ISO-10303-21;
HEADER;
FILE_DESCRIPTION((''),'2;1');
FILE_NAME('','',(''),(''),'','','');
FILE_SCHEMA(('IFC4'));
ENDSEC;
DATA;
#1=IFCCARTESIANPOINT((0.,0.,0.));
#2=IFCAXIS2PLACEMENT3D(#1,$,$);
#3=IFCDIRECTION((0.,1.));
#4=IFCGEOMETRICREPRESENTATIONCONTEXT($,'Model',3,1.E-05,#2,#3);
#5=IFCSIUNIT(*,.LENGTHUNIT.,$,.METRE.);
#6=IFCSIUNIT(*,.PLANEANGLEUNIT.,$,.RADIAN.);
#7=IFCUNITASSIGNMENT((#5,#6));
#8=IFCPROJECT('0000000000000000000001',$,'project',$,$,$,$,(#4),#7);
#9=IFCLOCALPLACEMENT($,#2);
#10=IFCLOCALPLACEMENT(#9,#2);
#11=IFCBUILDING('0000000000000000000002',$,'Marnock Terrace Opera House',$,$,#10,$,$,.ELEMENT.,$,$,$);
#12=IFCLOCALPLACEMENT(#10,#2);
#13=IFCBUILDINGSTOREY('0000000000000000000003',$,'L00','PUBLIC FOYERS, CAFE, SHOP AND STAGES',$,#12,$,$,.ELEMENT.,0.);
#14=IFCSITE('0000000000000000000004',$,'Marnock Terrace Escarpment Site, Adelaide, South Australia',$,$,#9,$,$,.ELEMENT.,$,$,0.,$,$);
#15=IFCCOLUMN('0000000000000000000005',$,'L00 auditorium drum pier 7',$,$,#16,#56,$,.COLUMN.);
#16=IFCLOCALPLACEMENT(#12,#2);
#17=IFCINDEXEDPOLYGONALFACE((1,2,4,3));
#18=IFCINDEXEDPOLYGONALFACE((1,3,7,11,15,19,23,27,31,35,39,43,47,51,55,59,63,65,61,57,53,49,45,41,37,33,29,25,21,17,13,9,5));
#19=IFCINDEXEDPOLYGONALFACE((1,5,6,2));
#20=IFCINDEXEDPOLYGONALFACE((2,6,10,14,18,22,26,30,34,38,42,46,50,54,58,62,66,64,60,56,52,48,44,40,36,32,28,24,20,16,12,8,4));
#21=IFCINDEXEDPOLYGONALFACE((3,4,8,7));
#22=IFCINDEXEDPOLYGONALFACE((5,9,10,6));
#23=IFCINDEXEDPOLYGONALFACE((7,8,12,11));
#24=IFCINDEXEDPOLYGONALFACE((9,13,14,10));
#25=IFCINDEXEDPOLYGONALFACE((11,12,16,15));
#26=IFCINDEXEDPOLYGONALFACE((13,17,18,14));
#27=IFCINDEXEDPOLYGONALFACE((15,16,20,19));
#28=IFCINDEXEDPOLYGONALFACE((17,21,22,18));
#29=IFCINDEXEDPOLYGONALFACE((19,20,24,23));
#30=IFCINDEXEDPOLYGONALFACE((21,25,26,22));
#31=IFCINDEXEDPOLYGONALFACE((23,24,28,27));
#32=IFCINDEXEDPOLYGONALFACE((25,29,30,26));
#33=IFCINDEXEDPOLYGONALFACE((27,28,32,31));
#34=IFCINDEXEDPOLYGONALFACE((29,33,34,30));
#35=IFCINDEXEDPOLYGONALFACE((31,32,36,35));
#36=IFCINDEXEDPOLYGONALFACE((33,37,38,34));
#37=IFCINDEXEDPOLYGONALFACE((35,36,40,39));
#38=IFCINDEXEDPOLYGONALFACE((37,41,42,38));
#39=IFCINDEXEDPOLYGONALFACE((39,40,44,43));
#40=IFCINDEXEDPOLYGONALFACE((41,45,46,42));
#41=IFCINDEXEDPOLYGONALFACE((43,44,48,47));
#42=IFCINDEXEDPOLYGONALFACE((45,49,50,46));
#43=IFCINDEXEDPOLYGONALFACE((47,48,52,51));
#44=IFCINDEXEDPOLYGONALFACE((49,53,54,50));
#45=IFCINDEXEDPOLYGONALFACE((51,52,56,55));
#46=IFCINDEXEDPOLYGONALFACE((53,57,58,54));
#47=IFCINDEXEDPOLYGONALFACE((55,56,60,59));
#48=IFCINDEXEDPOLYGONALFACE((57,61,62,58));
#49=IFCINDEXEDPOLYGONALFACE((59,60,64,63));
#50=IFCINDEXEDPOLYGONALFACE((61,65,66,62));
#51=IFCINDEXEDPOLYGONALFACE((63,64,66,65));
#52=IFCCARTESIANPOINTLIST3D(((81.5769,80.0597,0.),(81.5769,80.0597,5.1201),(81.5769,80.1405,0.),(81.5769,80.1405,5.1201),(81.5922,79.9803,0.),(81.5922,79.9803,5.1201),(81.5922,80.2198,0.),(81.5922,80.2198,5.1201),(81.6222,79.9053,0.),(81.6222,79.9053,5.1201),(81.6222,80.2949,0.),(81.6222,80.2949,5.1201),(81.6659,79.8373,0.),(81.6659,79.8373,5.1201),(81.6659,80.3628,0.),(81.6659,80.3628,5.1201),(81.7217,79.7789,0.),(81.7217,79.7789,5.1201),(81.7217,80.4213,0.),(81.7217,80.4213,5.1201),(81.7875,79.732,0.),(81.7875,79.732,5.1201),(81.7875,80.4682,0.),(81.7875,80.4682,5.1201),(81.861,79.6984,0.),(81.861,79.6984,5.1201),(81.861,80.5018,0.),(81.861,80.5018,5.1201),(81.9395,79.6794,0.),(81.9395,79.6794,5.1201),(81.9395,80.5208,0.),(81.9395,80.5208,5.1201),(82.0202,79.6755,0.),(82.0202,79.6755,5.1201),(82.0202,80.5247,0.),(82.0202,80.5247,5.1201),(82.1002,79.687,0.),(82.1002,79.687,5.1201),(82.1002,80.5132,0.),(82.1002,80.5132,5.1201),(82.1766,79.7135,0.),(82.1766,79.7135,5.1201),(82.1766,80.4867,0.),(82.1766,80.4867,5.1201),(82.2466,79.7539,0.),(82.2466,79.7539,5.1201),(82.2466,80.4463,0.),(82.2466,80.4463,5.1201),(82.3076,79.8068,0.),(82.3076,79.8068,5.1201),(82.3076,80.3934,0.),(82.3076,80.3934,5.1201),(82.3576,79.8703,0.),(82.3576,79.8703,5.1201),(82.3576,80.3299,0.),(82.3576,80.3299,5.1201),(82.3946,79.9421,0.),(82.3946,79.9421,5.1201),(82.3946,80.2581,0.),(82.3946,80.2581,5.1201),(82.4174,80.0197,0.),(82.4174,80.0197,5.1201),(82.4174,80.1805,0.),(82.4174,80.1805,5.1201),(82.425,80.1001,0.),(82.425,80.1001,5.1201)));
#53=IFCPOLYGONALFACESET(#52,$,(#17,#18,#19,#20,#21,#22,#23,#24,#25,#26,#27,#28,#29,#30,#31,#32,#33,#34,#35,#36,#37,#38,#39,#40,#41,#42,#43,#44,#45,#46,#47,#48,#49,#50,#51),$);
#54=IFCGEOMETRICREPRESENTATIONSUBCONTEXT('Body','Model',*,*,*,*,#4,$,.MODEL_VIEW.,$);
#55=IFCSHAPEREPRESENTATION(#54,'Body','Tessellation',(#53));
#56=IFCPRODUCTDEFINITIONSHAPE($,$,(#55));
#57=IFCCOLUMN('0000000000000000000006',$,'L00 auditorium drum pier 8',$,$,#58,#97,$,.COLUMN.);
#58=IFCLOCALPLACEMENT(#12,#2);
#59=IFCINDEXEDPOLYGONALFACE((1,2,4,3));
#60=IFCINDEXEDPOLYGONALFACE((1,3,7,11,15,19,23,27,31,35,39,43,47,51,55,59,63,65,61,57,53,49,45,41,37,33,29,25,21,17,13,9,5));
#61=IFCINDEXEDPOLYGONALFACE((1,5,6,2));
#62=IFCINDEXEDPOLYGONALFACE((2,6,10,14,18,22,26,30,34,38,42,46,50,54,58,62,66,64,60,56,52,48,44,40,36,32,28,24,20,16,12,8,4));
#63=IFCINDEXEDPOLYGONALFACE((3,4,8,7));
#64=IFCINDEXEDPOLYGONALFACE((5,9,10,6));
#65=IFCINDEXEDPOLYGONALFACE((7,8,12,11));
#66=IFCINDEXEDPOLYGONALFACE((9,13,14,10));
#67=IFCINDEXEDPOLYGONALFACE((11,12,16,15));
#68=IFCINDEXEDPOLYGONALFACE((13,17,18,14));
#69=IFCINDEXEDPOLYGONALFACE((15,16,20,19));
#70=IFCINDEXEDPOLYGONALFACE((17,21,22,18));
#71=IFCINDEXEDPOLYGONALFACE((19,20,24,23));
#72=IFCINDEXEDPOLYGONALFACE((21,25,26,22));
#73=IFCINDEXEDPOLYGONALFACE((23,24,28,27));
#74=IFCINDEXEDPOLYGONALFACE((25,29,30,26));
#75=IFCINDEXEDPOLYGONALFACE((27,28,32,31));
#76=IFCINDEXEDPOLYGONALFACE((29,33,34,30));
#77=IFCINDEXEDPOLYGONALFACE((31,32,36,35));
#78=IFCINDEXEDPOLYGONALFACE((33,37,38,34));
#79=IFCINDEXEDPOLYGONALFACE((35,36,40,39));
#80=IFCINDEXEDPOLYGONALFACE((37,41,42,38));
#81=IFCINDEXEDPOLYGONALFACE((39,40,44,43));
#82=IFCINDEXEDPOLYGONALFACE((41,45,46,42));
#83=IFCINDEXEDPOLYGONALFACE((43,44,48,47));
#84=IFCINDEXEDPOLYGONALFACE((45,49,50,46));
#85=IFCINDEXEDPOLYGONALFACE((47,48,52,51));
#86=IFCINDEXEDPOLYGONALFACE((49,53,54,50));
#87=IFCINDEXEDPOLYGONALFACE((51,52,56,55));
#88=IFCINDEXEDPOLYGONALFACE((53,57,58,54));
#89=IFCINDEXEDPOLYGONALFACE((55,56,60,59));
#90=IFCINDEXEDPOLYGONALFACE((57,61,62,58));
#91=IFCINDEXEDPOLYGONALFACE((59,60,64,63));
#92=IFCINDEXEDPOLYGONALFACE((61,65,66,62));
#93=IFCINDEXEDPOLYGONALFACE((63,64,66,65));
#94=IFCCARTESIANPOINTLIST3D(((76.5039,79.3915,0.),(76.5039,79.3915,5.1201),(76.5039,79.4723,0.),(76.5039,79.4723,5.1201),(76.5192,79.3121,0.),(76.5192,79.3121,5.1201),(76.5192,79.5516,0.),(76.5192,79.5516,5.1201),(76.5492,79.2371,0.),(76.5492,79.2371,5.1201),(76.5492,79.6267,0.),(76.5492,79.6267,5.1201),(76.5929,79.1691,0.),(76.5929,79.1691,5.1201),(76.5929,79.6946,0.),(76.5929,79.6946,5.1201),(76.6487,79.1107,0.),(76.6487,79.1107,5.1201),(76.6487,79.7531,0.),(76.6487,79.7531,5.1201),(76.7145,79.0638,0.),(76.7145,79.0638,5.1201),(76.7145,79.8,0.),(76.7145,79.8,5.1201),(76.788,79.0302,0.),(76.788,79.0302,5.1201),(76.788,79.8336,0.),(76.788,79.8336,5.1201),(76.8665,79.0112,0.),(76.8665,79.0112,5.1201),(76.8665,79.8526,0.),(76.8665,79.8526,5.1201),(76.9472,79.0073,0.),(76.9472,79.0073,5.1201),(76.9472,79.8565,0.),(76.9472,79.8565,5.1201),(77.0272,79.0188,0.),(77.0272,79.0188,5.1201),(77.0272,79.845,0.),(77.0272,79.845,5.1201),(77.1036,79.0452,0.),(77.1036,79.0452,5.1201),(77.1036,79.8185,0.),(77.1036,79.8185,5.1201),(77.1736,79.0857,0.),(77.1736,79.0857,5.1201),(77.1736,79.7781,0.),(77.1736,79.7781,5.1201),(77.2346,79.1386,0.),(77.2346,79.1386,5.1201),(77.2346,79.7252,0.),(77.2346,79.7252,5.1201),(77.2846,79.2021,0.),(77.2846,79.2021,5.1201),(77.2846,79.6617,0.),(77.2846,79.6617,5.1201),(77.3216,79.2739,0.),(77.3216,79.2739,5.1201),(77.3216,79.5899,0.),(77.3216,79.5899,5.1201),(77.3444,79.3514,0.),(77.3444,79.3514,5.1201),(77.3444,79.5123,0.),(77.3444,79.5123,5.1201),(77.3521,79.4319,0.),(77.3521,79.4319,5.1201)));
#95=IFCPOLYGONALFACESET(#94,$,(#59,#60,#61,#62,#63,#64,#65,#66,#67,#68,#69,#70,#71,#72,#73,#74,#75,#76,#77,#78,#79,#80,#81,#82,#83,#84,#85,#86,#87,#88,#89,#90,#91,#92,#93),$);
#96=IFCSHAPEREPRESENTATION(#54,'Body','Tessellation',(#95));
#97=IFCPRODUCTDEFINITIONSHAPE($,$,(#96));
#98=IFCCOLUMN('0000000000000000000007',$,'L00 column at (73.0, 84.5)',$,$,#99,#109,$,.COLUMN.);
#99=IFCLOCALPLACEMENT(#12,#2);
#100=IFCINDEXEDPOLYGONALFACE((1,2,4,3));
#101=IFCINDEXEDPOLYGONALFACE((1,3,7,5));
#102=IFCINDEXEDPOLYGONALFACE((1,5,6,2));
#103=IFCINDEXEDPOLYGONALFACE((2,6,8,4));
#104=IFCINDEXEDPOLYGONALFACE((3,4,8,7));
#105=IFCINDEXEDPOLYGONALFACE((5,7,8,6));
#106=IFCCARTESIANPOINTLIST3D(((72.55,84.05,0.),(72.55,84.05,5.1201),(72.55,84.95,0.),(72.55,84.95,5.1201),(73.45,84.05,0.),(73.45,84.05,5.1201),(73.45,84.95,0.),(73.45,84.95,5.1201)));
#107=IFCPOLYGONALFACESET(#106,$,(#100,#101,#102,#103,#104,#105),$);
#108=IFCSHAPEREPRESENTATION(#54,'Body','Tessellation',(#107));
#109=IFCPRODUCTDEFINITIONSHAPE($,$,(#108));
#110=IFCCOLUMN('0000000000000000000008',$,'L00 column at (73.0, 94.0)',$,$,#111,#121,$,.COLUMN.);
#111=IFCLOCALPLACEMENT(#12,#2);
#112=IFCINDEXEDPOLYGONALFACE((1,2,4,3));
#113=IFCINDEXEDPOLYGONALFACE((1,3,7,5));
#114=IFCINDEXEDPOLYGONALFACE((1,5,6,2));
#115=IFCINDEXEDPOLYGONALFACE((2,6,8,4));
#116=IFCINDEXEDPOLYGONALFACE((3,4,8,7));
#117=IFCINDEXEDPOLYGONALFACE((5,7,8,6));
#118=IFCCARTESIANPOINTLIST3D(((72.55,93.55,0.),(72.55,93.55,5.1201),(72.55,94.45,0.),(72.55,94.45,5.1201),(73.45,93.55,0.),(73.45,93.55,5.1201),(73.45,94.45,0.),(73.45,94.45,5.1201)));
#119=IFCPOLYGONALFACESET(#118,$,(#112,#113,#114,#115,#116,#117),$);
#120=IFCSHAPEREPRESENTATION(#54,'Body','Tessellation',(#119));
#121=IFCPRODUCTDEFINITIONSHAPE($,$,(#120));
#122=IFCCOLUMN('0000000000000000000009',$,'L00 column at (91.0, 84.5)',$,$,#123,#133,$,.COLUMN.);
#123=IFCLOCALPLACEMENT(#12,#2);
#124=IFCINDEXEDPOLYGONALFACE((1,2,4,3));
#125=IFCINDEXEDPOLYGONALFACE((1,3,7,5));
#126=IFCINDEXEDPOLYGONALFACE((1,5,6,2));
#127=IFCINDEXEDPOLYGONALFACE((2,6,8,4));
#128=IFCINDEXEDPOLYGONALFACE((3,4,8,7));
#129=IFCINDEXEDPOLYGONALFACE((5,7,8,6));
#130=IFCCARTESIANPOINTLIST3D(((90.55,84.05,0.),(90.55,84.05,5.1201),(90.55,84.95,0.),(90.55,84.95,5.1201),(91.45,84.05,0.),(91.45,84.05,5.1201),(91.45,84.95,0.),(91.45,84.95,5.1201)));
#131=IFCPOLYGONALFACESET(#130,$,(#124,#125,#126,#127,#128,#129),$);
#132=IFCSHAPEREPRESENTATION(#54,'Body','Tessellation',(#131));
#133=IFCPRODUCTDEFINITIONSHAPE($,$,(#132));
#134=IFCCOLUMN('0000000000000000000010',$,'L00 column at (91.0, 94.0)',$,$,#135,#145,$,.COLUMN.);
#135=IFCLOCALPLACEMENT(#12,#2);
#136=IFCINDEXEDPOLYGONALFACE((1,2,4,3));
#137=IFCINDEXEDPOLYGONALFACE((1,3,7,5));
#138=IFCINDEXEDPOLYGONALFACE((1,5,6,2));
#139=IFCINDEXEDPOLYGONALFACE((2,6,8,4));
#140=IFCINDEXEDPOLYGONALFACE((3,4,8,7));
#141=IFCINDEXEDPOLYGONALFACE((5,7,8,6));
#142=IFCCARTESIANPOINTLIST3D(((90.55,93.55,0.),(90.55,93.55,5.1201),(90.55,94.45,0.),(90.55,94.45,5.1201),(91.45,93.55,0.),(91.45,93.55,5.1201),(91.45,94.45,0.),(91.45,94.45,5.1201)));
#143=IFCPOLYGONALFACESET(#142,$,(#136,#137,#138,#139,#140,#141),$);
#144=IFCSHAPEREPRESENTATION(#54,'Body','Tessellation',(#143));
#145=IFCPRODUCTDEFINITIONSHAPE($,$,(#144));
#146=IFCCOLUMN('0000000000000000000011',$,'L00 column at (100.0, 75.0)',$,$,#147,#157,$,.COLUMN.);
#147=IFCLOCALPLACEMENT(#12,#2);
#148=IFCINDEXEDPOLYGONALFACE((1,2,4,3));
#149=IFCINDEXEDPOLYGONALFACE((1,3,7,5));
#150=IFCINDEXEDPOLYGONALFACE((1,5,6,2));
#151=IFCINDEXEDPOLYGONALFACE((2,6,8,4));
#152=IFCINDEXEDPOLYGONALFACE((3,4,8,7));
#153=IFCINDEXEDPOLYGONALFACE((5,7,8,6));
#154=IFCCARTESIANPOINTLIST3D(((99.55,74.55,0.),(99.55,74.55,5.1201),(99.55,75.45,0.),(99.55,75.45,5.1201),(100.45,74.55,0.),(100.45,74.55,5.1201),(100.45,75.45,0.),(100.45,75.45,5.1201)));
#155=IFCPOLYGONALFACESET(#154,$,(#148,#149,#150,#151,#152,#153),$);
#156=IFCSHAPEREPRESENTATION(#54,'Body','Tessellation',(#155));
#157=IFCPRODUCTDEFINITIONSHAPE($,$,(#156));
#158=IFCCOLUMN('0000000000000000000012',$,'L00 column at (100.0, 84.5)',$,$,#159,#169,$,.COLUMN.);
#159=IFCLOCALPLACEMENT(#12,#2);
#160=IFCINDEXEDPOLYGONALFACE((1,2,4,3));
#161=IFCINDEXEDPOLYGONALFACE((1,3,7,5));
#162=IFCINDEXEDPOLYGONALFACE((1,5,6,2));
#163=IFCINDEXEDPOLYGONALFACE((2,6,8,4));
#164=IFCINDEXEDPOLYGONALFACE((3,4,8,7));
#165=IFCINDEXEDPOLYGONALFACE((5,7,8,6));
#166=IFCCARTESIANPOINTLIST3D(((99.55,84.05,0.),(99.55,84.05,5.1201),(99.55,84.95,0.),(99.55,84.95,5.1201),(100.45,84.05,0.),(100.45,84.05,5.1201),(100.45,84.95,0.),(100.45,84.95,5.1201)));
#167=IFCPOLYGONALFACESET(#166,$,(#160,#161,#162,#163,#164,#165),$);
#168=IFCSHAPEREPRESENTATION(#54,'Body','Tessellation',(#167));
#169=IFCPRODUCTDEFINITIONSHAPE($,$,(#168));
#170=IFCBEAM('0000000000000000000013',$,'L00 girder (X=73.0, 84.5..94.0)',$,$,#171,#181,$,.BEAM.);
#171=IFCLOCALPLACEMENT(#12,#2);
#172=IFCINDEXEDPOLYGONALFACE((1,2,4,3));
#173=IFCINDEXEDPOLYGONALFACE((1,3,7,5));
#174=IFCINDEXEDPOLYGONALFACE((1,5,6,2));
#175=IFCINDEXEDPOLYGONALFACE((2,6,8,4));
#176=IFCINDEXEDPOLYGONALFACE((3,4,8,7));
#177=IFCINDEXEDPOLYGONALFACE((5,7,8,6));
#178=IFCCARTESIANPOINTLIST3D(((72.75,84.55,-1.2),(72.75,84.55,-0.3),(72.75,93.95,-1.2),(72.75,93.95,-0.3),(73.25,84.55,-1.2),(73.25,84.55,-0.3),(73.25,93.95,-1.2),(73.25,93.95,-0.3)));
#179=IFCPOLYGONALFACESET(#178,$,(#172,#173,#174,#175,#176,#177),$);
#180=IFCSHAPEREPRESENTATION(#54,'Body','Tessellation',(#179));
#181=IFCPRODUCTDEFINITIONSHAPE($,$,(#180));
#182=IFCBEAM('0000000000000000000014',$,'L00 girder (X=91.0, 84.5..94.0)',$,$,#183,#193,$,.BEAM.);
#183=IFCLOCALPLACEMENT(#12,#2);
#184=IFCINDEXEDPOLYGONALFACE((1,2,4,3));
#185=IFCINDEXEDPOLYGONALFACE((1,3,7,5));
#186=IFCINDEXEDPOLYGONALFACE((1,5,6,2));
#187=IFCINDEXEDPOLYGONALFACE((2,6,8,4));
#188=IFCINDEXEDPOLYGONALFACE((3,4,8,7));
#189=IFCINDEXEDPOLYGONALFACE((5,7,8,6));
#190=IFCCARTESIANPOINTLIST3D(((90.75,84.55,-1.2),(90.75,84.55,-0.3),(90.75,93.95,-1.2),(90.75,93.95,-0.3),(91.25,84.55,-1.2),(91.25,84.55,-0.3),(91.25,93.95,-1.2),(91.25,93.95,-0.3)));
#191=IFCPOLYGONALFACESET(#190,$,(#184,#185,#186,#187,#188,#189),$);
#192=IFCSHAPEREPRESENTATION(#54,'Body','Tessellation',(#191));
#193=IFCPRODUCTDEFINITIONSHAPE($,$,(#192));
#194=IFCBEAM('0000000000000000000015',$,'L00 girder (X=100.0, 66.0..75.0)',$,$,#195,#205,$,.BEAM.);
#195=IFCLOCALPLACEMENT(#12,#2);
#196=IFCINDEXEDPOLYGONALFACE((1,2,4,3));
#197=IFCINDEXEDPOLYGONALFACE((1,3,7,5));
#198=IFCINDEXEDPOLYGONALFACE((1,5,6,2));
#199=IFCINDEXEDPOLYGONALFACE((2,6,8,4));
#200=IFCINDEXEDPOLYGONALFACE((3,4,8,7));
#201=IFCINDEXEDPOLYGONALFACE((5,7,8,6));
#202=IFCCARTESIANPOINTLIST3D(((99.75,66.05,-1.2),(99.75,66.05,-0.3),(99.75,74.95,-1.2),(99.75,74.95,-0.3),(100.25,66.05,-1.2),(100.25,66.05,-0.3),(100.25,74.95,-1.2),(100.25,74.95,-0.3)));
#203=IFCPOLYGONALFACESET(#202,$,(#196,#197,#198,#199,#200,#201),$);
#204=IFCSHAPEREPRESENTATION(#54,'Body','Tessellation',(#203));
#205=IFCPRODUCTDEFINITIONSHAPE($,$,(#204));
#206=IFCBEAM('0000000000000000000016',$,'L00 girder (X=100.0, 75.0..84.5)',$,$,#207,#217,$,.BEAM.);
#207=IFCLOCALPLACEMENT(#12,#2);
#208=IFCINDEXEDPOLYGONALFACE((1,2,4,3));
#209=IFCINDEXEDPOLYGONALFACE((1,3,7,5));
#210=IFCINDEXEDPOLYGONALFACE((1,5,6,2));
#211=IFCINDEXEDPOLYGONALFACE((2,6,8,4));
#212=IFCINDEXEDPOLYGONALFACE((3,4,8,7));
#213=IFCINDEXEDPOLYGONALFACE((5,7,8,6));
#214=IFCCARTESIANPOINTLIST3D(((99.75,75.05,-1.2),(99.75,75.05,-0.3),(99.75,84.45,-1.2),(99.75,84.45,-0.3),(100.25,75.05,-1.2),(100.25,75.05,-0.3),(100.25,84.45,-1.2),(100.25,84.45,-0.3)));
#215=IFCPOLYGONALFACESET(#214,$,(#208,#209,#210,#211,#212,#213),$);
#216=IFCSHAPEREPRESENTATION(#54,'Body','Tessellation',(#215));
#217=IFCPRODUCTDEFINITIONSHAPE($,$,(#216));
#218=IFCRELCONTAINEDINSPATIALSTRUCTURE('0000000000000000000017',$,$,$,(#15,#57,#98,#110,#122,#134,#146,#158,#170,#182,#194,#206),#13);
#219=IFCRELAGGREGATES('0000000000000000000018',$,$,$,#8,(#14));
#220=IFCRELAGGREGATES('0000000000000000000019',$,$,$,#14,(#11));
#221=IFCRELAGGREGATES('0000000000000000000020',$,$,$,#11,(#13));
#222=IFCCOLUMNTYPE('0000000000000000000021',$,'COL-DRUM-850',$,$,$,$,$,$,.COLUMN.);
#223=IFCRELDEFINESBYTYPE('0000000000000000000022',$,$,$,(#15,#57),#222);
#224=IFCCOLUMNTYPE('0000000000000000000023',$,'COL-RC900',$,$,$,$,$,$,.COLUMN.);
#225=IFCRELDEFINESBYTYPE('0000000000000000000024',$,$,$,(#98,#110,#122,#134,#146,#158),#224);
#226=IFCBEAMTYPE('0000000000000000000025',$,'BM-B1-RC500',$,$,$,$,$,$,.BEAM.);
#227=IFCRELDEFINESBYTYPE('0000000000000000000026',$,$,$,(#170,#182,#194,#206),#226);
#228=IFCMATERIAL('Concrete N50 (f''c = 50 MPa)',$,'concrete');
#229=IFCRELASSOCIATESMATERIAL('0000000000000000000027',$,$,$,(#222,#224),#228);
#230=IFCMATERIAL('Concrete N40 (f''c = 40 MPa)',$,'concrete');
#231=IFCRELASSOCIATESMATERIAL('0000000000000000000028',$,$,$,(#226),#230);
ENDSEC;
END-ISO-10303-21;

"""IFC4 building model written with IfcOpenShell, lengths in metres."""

from ifc_helpers import new_model, si_unit, direction, frame, origin, origin_2d, place, context, subcontext, project, spatial, rectangle, circle, extrude, material, material_profile, profile_set, type_object, element, save


model = new_model("IFC4")

# Units and contexts
model_context = context("Model", 3, precision=1e-05, world=origin(), true_north=direction((0.0, 1.0)))
body_context = subcontext(model_context, "Body", "Model", "MODEL_VIEW")
ifc_project = project(units=[si_unit("LENGTHUNIT", "METRE"), si_unit("PLANEANGLEUNIT", "RADIAN")], contexts=[model_context])

# Site, building, storey
site_placement = place(None, origin())
site = spatial("IfcSite", under=ifc_project, at=site_placement, Name="Marnock Terrace Escarpment Site, Adelaide, South Australia", CompositionType="ELEMENT", RefElevation=0.0)
building_placement = place(site_placement, origin())
building = spatial("IfcBuilding", under=site, at=building_placement, Name="Marnock Terrace Opera House", CompositionType="ELEMENT")
storey_placement = place(building_placement, origin())
storey = spatial("IfcBuildingStorey", under=building, at=storey_placement, Name="L00", Description="PUBLIC FOYERS, CAFE, SHOP AND STAGES", CompositionType="ELEMENT", Elevation=0.0)

# Columns
ifc_material_1 = material(Name="Concrete N50 (f'c = 50 MPa)", Category="concrete")
ifc_material_profile_1 = material_profile(ifc_material_1, circle(Radius=0.425, at=origin_2d()))
ifc_profile_set_1 = profile_set([ifc_material_profile_1], Name="Concrete N50 (f'c = 50 MPa)")
column_type_1 = type_object("IfcColumnType", Name="COL-DRUM-850", PredefinedType="COLUMN", material=ifc_profile_set_1)
for number, where, z_axis, x_axis, name in (
    (1, (82.0, 80.1001, 0.0), (0.0, 0.0, 1.0), (1.0, 0.0, 0.0), "L00 auditorium drum pier 7"),
    (2, (76.927, 79.4319, 0.0), (0.0, 0.0, 1.0), (1.0, 0.0, 0.0), "L00 auditorium drum pier 8"),
):
    element("IfcColumn", number, at=place(storey_placement, frame(where, z_axis=z_axis, x_axis=x_axis)), inside=storey, type_object=column_type_1, Name=name, PredefinedType="COLUMN", context=body_context, shape_type="SweptSolid", body=[
        extrude(circle(Radius=0.425, at=origin_2d()), origin(), (0.0, 0.0, 1.0), 5.1201),
    ])
ifc_material_profile_2 = material_profile(ifc_material_1, rectangle(XDim=0.8999, YDim=0.8999, at=origin_2d()))
ifc_profile_set_2 = profile_set([ifc_material_profile_2], Name="Concrete N50 (f'c = 50 MPa)")
column_type_2 = type_object("IfcColumnType", Name="COL-RC900", PredefinedType="COLUMN", material=ifc_profile_set_2)
for number, where, z_axis, x_axis, name in (
    (3, (73.0, 84.5, 0.0), (0.0, 0.0, 1.0), (1.0, 0.0, 0.0), "L00 column at (73.0, 84.5)"),
    (4, (73.0, 94.0, 0.0), (0.0, 0.0, 1.0), (1.0, 0.0, 0.0), "L00 column at (73.0, 94.0)"),
    (5, (91.0, 84.5, 0.0), (0.0, 0.0, 1.0), (1.0, 0.0, 0.0), "L00 column at (91.0, 84.5)"),
    (6, (91.0, 94.0, 0.0), (0.0, 0.0, 1.0), (1.0, 0.0, 0.0), "L00 column at (91.0, 94.0)"),
    (7, (100.0, 75.0, 0.0), (0.0, 0.0, 1.0), (1.0, 0.0, 0.0), "L00 column at (100.0, 75.0)"),
    (8, (100.0, 84.5, 0.0), (0.0, 0.0, 1.0), (1.0, 0.0, 0.0), "L00 column at (100.0, 84.5)"),
):
    element("IfcColumn", number, at=place(storey_placement, frame(where, z_axis=z_axis, x_axis=x_axis)), inside=storey, type_object=column_type_2, Name=name, PredefinedType="COLUMN", context=body_context, shape_type="SweptSolid", body=[
        extrude(rectangle(XDim=0.8999, YDim=0.8999, at=origin_2d()), origin(), (0.0, 0.0, 1.0), 5.1201),
    ])

# Beams
ifc_material_2 = material(Name="Concrete N40 (f'c = 40 MPa)", Category="concrete")
ifc_material_profile_3 = material_profile(ifc_material_2, rectangle(XDim=0.5, YDim=0.8999, at=origin_2d()))
ifc_profile_set_3 = profile_set([ifc_material_profile_3], Name="Concrete N40 (f'c = 40 MPa)")
beam_type_1 = type_object("IfcBeamType", Name="BM-B1-RC500", PredefinedType="BEAM", material=ifc_profile_set_3)
for number, where, z_axis, x_axis, name in (
    (9, (73.0, 84.55, -0.75), (0.0, 1.0, 0.0), (-1.0, 0.0, 0.0), "L00 girder (X=73.0, 84.5..94.0)"),
    (10, (91.0, 84.55, -0.75), (0.0, 1.0, 0.0), (-1.0, 0.0, 0.0), "L00 girder (X=91.0, 84.5..94.0)"),
):
    element("IfcBeam", number, at=place(storey_placement, frame(where, z_axis=z_axis, x_axis=x_axis)), inside=storey, type_object=beam_type_1, Name=name, PredefinedType="BEAM", context=body_context, shape_type="SweptSolid", body=[
        extrude(rectangle(XDim=0.5, YDim=0.8999, at=origin_2d()), origin(), (0.0, 0.0, 1.0), 9.3999),
    ])
beam_1_placement = place(storey_placement, frame((100.0, 66.05, -0.75), z_axis=(0.0, 1.0, 0.0), x_axis=(-1.0, 0.0, 0.0)))
element("IfcBeam", 11, at=beam_1_placement, inside=storey, type_object=beam_type_1, Name="L00 girder (X=100.0, 66.0..75.0)", PredefinedType="BEAM", context=body_context, shape_type="SweptSolid", body=[
    extrude(rectangle(XDim=0.5, YDim=0.8999, at=origin_2d()), origin(), (0.0, 0.0, 1.0), 8.8999),
])
beam_2_placement = place(storey_placement, frame((100.0, 75.05, -0.75), z_axis=(0.0, 1.0, 0.0), x_axis=(-1.0, 0.0, 0.0)))
element("IfcBeam", 12, at=beam_2_placement, inside=storey, type_object=beam_type_1, Name="L00 girder (X=100.0, 75.0..84.5)", PredefinedType="BEAM", context=body_context, shape_type="SweptSolid", body=[
    extrude(rectangle(XDim=0.5, YDim=0.8999, at=origin_2d()), origin(), (0.0, 0.0, 1.0), 9.3999),
])

save(model, "model.ifc")
